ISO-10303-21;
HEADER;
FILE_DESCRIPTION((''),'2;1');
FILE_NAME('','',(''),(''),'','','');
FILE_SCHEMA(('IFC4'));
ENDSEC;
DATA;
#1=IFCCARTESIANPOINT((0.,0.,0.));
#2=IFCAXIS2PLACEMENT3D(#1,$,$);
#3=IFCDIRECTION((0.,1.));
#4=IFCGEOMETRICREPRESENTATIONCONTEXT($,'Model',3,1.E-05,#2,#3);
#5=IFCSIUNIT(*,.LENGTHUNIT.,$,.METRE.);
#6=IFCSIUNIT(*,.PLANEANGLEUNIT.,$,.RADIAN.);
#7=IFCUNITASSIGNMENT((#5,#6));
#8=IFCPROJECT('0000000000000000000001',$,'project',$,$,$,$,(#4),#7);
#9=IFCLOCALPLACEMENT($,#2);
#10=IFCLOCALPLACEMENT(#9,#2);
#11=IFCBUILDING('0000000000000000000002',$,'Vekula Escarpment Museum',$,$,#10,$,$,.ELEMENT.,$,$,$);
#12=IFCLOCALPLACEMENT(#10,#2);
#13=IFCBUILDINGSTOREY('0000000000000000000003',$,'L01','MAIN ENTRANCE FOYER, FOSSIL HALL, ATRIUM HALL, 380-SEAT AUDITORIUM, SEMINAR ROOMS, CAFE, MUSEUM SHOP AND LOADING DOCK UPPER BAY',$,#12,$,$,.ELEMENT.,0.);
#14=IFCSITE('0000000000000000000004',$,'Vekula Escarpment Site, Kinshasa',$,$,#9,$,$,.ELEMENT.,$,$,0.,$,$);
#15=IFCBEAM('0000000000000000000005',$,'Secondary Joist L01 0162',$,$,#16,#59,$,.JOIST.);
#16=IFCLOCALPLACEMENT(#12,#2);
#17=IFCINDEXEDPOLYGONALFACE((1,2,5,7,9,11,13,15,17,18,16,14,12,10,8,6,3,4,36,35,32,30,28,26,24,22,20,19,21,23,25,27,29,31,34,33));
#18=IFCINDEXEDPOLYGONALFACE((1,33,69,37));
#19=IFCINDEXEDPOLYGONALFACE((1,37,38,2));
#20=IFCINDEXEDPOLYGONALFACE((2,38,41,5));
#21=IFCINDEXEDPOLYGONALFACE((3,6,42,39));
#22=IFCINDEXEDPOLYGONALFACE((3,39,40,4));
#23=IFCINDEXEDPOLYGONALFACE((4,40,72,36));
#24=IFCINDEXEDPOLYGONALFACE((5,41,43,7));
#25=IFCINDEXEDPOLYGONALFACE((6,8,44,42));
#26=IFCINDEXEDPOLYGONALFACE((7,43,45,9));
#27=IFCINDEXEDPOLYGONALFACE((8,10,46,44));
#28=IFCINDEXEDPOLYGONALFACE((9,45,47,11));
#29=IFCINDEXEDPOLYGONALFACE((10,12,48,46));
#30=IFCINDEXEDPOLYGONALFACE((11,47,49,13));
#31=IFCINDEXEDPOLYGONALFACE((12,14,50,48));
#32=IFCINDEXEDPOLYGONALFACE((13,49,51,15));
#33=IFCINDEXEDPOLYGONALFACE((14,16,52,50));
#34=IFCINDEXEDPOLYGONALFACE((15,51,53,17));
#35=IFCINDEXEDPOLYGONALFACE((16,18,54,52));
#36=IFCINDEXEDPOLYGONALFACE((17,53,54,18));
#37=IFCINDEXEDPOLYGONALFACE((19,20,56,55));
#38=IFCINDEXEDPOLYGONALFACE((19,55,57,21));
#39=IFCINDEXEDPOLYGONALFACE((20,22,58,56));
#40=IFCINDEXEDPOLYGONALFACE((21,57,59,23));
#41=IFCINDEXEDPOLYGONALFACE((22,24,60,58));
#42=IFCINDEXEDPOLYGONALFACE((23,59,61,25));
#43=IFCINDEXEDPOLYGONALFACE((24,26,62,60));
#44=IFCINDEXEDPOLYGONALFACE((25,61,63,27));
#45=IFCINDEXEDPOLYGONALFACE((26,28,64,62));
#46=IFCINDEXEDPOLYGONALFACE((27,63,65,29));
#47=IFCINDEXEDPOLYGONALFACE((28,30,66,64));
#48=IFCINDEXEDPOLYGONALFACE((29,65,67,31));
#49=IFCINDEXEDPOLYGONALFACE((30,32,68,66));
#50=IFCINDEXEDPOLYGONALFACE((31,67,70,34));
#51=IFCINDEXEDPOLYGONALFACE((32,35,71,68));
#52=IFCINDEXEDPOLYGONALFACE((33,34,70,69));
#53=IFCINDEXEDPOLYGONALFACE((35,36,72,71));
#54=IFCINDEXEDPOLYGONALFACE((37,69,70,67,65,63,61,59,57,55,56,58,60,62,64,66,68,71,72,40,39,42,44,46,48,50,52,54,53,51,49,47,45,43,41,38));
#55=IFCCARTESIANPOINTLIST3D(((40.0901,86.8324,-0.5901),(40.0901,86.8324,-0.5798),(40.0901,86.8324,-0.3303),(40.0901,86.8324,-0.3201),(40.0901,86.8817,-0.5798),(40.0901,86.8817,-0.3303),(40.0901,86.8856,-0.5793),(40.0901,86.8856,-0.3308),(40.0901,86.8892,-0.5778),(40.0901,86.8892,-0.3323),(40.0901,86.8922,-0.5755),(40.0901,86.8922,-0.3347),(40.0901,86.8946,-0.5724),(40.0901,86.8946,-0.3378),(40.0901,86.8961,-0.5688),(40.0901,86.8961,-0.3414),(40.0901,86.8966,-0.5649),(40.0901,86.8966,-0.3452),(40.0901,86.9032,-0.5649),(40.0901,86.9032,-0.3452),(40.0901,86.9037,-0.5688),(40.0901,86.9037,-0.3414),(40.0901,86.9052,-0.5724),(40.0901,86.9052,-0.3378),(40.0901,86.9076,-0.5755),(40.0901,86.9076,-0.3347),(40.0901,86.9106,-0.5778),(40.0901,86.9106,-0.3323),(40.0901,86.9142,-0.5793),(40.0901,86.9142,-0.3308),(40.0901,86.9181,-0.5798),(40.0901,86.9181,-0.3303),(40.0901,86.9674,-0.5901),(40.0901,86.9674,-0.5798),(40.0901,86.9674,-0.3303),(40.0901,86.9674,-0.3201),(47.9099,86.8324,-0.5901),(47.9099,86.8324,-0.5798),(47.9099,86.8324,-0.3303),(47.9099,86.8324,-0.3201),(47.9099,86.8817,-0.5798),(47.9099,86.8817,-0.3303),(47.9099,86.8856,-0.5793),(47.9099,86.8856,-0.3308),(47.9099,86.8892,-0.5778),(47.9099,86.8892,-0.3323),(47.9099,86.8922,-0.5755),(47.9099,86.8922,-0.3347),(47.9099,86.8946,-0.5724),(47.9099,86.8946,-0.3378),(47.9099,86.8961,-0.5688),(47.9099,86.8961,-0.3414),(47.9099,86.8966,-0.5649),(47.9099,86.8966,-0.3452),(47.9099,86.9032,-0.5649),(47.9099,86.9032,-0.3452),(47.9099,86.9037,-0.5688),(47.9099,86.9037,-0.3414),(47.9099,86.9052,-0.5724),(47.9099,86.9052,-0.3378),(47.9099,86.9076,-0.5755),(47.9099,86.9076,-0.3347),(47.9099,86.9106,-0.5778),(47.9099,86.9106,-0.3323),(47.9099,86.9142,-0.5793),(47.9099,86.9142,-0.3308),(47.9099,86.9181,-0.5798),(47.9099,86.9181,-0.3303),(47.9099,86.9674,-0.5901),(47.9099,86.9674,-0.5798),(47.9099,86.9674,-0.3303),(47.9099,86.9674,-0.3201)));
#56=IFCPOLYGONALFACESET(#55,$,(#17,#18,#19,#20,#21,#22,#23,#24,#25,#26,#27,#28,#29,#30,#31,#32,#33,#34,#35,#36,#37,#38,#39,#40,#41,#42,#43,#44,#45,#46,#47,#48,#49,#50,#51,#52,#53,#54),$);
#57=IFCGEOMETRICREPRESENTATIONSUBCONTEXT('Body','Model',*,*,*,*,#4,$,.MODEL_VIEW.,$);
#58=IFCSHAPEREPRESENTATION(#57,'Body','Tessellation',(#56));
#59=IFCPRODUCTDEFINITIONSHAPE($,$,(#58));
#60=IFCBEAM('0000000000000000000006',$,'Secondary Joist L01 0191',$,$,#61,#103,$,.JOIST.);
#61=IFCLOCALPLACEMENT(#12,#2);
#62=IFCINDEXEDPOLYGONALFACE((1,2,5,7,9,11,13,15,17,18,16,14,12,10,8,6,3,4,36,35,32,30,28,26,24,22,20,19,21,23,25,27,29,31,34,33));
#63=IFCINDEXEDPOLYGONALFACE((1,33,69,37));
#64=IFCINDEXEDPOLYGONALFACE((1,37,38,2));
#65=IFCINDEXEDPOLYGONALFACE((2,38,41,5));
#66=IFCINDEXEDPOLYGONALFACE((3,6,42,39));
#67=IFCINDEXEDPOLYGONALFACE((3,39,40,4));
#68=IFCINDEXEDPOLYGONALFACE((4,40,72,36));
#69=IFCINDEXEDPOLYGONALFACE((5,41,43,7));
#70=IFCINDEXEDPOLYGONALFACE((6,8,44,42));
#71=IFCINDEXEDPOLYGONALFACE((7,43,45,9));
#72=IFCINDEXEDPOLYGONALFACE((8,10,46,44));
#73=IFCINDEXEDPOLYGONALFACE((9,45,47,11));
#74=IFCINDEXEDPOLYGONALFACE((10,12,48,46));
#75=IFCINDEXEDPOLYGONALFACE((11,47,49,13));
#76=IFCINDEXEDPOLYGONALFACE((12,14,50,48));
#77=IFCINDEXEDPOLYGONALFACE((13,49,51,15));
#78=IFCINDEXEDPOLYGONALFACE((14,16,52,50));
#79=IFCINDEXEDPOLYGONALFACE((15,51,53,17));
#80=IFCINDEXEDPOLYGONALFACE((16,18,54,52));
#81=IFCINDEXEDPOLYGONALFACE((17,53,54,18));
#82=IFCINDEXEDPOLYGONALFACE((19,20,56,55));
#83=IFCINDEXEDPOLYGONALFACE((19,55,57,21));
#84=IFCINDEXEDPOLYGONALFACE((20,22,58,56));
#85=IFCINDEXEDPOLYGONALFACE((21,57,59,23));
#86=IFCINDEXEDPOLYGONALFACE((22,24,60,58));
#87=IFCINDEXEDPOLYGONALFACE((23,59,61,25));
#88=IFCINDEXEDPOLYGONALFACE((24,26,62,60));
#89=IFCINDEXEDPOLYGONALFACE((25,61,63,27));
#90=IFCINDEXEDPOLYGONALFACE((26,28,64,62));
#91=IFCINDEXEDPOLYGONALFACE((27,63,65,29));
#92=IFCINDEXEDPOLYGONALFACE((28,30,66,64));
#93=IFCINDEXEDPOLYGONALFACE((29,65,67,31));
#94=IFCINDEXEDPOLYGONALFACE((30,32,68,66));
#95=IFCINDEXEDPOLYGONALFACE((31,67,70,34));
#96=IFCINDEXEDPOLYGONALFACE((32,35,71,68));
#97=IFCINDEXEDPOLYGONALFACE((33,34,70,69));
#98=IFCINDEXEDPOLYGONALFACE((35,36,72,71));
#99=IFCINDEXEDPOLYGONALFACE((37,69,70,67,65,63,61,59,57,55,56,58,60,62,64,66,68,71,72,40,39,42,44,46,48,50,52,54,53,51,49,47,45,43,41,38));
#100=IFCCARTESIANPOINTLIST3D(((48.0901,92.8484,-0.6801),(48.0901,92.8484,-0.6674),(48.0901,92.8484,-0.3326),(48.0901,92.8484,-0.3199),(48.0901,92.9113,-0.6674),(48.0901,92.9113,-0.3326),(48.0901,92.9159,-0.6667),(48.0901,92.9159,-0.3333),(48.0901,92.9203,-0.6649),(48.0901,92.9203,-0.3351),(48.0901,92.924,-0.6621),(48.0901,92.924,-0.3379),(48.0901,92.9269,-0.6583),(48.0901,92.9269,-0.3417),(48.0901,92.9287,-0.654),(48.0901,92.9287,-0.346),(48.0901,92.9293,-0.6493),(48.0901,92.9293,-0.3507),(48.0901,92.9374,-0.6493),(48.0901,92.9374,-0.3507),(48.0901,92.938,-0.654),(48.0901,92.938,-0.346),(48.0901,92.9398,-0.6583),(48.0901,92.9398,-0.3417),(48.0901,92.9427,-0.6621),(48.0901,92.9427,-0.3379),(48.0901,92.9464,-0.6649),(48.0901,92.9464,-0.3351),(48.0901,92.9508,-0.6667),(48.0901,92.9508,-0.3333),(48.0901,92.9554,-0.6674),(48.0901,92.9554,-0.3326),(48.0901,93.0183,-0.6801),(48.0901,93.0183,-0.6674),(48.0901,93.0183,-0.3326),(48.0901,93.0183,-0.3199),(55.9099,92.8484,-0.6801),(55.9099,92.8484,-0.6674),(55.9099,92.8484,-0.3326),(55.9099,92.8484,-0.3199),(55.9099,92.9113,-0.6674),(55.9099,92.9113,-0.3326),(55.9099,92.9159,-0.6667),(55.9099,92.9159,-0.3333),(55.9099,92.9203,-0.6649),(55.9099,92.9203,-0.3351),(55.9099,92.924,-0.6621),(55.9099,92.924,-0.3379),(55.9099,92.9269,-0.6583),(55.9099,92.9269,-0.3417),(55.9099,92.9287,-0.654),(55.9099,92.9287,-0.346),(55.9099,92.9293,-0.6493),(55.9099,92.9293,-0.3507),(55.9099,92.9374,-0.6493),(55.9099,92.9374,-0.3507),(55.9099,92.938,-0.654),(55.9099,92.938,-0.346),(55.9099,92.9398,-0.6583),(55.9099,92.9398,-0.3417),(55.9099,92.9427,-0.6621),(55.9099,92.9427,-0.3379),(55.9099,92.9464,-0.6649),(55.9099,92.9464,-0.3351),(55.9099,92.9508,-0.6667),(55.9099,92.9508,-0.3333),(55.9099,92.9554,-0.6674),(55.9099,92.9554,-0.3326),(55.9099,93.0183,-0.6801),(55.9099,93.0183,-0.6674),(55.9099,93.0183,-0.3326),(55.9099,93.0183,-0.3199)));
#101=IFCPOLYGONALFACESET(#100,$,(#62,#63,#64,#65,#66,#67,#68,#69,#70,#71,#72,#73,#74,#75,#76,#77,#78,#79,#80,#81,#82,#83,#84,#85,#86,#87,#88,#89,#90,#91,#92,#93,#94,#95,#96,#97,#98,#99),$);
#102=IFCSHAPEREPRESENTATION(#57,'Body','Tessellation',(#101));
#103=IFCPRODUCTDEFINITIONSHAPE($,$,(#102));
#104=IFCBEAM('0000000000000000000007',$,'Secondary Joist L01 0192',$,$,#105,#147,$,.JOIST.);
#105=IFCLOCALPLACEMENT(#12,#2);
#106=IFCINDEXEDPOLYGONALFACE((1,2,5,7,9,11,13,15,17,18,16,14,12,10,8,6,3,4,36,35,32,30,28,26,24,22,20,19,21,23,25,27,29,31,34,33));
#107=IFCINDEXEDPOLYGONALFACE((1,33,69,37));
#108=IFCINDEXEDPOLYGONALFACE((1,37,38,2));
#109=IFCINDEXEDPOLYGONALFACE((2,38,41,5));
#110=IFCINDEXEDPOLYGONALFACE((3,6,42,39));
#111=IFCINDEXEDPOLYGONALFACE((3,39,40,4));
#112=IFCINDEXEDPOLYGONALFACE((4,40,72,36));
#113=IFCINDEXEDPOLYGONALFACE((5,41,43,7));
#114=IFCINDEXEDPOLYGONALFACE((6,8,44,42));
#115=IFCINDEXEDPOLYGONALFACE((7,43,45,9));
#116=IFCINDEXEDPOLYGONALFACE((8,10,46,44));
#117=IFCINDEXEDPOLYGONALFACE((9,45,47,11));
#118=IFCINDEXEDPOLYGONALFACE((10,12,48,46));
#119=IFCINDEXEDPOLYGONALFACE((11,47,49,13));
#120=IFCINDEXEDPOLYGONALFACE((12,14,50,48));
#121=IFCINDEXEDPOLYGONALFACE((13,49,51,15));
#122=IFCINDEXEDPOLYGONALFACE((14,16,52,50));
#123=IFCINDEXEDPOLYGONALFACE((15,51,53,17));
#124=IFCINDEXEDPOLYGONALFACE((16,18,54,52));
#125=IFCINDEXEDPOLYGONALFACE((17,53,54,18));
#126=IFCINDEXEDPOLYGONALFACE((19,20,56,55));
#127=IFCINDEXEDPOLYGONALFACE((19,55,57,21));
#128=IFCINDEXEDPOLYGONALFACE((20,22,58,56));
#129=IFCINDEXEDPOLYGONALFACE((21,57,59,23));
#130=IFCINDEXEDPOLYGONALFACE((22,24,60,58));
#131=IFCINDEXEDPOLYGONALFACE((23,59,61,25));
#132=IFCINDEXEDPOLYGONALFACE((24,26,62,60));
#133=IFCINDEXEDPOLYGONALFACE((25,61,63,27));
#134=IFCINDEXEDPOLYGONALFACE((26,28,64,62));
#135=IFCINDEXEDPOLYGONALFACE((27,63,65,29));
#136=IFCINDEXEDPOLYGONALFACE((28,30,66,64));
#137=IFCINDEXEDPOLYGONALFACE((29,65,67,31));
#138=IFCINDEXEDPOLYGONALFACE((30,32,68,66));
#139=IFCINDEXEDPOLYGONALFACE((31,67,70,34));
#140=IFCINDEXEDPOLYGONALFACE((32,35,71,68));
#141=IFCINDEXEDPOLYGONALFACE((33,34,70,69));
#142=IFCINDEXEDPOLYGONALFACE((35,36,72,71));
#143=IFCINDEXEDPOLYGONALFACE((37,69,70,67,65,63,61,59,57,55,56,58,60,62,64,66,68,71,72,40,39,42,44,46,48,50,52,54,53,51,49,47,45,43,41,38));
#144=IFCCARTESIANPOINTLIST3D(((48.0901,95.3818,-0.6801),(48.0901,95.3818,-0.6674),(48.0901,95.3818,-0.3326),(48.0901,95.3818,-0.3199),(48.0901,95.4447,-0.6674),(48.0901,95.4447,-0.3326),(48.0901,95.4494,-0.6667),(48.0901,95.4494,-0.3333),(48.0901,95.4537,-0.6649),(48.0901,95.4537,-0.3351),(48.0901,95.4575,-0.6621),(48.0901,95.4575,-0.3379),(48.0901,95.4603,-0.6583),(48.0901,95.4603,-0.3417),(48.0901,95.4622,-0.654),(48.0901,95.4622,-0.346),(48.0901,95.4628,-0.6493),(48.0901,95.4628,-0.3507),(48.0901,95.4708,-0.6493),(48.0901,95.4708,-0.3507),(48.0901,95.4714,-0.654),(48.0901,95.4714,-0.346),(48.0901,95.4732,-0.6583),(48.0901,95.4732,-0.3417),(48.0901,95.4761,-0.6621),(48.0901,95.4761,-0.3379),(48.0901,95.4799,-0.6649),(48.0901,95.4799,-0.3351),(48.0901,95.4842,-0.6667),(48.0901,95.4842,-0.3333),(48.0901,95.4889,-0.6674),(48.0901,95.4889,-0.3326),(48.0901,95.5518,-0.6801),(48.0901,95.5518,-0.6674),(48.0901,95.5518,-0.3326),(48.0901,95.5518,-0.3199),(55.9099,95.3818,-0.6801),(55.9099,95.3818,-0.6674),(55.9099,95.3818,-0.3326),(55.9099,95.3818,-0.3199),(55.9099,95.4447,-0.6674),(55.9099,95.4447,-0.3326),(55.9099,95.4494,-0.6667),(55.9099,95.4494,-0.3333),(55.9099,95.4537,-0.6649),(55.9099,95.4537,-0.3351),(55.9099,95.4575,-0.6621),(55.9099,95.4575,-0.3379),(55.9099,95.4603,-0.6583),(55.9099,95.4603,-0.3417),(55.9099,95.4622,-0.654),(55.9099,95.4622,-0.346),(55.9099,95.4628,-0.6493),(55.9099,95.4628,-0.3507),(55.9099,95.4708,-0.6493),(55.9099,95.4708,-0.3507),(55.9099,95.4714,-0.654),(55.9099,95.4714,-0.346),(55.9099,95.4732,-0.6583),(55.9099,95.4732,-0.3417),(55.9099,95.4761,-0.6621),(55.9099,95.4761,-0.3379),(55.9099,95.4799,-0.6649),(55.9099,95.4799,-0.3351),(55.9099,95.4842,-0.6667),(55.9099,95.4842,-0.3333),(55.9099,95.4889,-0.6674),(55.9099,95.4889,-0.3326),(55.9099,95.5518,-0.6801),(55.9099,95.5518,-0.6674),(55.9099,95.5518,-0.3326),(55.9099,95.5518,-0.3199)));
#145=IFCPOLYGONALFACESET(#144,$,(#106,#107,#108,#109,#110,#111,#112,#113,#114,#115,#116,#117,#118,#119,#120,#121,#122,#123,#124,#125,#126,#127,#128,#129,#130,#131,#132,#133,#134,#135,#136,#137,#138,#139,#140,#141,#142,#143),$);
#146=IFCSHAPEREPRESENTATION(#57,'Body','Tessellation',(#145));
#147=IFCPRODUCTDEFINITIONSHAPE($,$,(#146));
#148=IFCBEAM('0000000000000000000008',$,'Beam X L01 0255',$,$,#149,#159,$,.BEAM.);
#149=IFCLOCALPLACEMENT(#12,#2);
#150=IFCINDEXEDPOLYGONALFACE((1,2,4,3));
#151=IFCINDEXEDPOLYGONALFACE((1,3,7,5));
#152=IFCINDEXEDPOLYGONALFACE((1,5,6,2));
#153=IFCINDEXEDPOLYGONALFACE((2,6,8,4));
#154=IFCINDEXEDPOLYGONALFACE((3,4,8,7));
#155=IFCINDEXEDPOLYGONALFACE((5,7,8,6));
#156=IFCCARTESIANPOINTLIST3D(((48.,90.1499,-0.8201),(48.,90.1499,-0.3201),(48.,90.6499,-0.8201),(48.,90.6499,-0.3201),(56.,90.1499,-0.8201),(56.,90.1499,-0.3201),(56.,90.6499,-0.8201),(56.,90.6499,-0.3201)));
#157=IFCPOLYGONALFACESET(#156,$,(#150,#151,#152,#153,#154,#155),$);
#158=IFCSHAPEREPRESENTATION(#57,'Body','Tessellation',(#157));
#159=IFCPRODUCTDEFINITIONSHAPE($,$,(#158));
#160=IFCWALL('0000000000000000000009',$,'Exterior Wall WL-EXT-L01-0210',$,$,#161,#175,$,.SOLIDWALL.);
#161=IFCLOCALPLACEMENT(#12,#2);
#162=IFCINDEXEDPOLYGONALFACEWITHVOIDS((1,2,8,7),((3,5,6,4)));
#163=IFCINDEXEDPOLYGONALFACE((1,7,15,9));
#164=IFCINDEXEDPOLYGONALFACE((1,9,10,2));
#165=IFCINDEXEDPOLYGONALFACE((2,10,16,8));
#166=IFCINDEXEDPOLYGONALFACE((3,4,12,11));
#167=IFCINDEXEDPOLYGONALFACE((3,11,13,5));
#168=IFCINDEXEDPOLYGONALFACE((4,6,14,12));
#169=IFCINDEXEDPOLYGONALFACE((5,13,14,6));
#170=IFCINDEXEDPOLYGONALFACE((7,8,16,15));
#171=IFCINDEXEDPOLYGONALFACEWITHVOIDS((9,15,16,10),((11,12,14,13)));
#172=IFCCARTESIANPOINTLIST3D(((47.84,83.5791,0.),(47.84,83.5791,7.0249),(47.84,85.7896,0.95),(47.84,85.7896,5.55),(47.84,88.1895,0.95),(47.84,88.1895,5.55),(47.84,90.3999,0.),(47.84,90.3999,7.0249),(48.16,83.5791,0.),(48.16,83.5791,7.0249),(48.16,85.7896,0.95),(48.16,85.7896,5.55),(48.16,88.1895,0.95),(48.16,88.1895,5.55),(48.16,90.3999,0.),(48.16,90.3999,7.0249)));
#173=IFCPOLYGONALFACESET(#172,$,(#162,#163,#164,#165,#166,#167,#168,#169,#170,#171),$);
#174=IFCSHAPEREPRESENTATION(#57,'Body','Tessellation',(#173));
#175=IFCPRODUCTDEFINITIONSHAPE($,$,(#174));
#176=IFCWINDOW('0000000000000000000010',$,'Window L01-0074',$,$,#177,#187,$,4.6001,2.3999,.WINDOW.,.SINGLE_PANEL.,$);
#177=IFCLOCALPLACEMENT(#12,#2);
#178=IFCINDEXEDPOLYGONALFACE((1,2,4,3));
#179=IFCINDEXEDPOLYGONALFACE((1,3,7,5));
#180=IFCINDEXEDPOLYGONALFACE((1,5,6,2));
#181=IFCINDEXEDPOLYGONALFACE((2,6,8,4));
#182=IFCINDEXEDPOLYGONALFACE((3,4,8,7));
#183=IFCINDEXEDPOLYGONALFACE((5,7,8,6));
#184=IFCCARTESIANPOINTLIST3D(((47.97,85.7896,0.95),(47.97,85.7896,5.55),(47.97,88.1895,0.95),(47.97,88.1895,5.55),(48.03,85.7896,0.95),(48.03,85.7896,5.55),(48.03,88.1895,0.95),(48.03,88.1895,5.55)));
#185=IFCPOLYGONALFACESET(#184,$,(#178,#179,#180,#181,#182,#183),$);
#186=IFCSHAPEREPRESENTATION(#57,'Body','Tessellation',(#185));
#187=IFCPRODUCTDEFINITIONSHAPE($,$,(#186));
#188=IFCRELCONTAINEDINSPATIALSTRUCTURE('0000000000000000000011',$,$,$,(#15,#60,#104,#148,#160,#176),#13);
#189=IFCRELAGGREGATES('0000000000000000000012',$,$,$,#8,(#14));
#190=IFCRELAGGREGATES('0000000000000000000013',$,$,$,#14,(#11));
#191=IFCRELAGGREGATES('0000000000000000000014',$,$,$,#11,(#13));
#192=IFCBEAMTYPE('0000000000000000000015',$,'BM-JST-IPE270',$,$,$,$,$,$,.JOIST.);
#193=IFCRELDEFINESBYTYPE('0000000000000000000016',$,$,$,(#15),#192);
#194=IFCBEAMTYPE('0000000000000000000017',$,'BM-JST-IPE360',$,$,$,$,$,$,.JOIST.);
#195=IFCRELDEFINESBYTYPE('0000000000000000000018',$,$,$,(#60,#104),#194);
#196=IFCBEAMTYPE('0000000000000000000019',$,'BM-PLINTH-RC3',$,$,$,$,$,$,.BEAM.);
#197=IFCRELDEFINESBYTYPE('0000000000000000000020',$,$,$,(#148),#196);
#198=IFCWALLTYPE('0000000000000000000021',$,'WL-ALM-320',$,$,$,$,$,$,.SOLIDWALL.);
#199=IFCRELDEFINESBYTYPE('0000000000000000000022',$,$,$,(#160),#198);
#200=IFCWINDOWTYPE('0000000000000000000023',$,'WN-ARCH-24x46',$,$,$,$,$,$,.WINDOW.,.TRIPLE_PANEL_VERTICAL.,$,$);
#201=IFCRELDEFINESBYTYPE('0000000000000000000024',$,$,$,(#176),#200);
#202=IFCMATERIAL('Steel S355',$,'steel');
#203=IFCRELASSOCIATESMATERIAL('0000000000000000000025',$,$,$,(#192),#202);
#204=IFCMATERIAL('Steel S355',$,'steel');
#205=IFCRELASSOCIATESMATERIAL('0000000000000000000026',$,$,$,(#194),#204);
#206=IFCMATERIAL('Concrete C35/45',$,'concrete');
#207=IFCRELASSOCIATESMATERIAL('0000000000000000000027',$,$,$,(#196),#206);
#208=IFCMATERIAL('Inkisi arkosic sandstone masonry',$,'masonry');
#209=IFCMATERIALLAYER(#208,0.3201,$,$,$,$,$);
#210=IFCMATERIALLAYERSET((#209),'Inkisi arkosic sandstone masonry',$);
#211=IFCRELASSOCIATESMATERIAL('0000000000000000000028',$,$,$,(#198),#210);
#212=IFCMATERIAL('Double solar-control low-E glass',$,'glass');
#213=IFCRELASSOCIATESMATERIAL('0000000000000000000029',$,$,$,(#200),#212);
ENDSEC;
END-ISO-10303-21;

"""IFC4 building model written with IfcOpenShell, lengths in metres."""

from ifc_helpers import new_model, si_unit, direction, frame, frame_2d, origin, origin_2d, place, context, subcontext, project, spatial, rectangle, i_section, extrude, material, layer, layer_set, material_profile, profile_set, type_object, element, fill, save


model = new_model("IFC4")

# Units and contexts
model_context = context("Model", 3, precision=1e-05, world=origin(), true_north=direction((0.0, 1.0)))
body_context = subcontext(model_context, "Body", "Model", "MODEL_VIEW")
ifc_project = project(units=[si_unit("LENGTHUNIT", "METRE"), si_unit("PLANEANGLEUNIT", "RADIAN")], contexts=[model_context])

# Site, building, storey
site_placement = place(None, origin())
site = spatial("IfcSite", under=ifc_project, at=site_placement, Name="Vekula Escarpment Site, Kinshasa", CompositionType="ELEMENT", RefElevation=0.0)
building_placement = place(site_placement, origin())
building = spatial("IfcBuilding", under=site, at=building_placement, Name="Vekula Escarpment Museum", CompositionType="ELEMENT")
storey_placement = place(building_placement, origin())
storey = spatial("IfcBuildingStorey", under=building, at=storey_placement, Name="L01", Description="MAIN ENTRANCE FOYER, FOSSIL HALL, ATRIUM HALL, 380-SEAT AUDITORIUM, SEMINAR ROOMS, CAFE, MUSEUM SHOP AND LOADING DOCK UPPER BAY", CompositionType="ELEMENT", Elevation=0.0)

# Beams
ifc_material_1 = material(Name="Steel S355", Category="steel")
ifc_material_profile_1 = material_profile(ifc_material_1, i_section(OverallWidth=0.135, OverallDepth=0.27, WebThickness=0.0066, FlangeThickness=0.0103, FilletRadius=0.0149, at=origin_2d()), Name="IPE 270")
ifc_profile_set_1 = profile_set([ifc_material_profile_1], Name="Steel S355")
beam_type_1 = type_object("IfcBeamType", Name="BM-JST-IPE270", PredefinedType="JOIST", material=ifc_profile_set_1)
beam_1_placement = place(storey_placement, frame((40.0901, 86.8999, -0.4551), z_axis=(1.0, 0.0, 0.0), x_axis=(0.0, 1.0, 0.0)))
element("IfcBeam", 1, at=beam_1_placement, inside=storey, type_object=beam_type_1, Name="Secondary Joist L01 0162", PredefinedType="JOIST", context=body_context, shape_type="SweptSolid", body=[
    extrude(i_section(OverallWidth=0.135, OverallDepth=0.27, WebThickness=0.0066, FlangeThickness=0.0103, FilletRadius=0.0149, at=origin_2d()), origin(), (0.0, 0.0, 1.0), 7.8198),
])
ifc_material_2 = material(Name="Steel S355", Category="steel")
ifc_material_profile_2 = material_profile(ifc_material_2, i_section(OverallWidth=0.1699, OverallDepth=0.3601, WebThickness=0.0081, FlangeThickness=0.0127, FilletRadius=0.0181, at=origin_2d()), Name="IPE 360")
ifc_profile_set_2 = profile_set([ifc_material_profile_2], Name="Steel S355")
beam_type_2 = type_object("IfcBeamType", Name="BM-JST-IPE360", PredefinedType="JOIST", material=ifc_profile_set_2)
for number, where, z_axis, x_axis, name in (
    (2, (48.0901, 92.9333, -0.5), (1.0, 0.0, 0.0), (0.0, 1.0, 0.0), "Secondary Joist L01 0191"),
    (3, (48.0901, 95.4668, -0.5), (1.0, 0.0, 0.0), (0.0, 1.0, 0.0), "Secondary Joist L01 0192"),
):
    element("IfcBeam", number, at=place(storey_placement, frame(where, z_axis=z_axis, x_axis=x_axis)), inside=storey, type_object=beam_type_2, Name=name, PredefinedType="JOIST", context=body_context, shape_type="SweptSolid", body=[
        extrude(i_section(OverallWidth=0.1699, OverallDepth=0.3601, WebThickness=0.0081, FlangeThickness=0.0127, FilletRadius=0.0181, at=origin_2d()), origin(), (0.0, 0.0, 1.0), 7.8198),
    ])
ifc_material_3 = material(Name="Concrete C35/45", Category="concrete")
ifc_material_profile_3 = material_profile(ifc_material_3, rectangle(XDim=0.5, YDim=0.5, at=origin_2d()), Name="RC 500x500")
ifc_profile_set_3 = profile_set([ifc_material_profile_3], Name="Concrete C35/45")
beam_type_3 = type_object("IfcBeamType", Name="BM-PLINTH-RC3", PredefinedType="BEAM", material=ifc_profile_set_3)
beam_2_placement = place(storey_placement, frame((48.0, 90.3999, -0.5701), z_axis=(1.0, 0.0, 0.0), x_axis=(0.0, 1.0, 0.0)))
element("IfcBeam", 4, at=beam_2_placement, inside=storey, type_object=beam_type_3, Name="Beam X L01 0255", PredefinedType="BEAM", context=body_context, shape_type="SweptSolid", body=[
    extrude(rectangle(XDim=0.5, YDim=0.5, at=origin_2d()), origin(), (0.0, 0.0, 1.0), 8.0),
])

# Wall, opening, window
ifc_material_4 = material(Name="Inkisi arkosic sandstone masonry", Category="masonry")
ifc_layer_1 = layer(ifc_material_4, 0.3201)
ifc_layer_set_1 = layer_set([ifc_layer_1], Name="Inkisi arkosic sandstone masonry")
wall_type_1 = type_object("IfcWallType", Name="WL-ALM-320", PredefinedType="SOLIDWALL", material=ifc_layer_set_1)
wall_1_placement = place(storey_placement, frame((48.0, 90.3999, 0.0), z_axis=(0.0, 0.0, 1.0), x_axis=(0.0, -1.0, 0.0)))
wall_1 = element("IfcWall", 5, at=wall_1_placement, inside=storey, type_object=wall_type_1, Name="Exterior Wall WL-EXT-L01-0210", PredefinedType="SOLIDWALL", context=body_context, shape_type="SweptSolid", body=[
    extrude(rectangle(XDim=6.8208, YDim=0.3201, at=frame_2d((3.4104, 0.0))), origin(), (0.0, 0.0, 1.0), 7.0249),
])
opening_1_placement = place(wall_1_placement, frame((2.2104, 0.0, 0.95)))
opening_1 = element("IfcOpeningElement", 6, at=opening_1_placement, cuts=wall_1, PredefinedType="OPENING", context=body_context, shape_type="SweptSolid", body=[
    extrude(rectangle(XDim=2.3999, YDim=4.6001, at=frame_2d((1.2, 2.3))), frame((0.0, 0.1699, 0.0), z_axis=(0.0, -1.0, 0.0), x_axis=(1.0, 0.0, 0.0)), (0.0, 0.0, 1.0), 0.3401),
])
ifc_material_5 = material(Name="Double solar-control low-E glass", Category="glass")
window_type = type_object("IfcWindowType", Name="WN-ARCH-24x46", PartitioningType="TRIPLE_PANEL_VERTICAL", PredefinedType="WINDOW", material=ifc_material_5)
window_1_placement = place(opening_1_placement, origin())
window_1 = element("IfcWindow", 7, at=window_1_placement, inside=storey, type_object=window_type, Name="Window L01-0074", OverallHeight=4.6001, OverallWidth=2.3999, PartitioningType="SINGLE_PANEL", PredefinedType="WINDOW", context=body_context, shape_type="SweptSolid", body=[
    extrude(rectangle(XDim=2.3999, YDim=4.6001, at=frame_2d((1.2, 2.3))), frame((0.0, 0.03, 0.0), z_axis=(0.0, -1.0, 0.0), x_axis=(1.0, 0.0, 0.0)), (0.0, 0.0, 1.0), 0.0601),
])
fill(opening_1, window_1)

save(model, "model.ifc")
